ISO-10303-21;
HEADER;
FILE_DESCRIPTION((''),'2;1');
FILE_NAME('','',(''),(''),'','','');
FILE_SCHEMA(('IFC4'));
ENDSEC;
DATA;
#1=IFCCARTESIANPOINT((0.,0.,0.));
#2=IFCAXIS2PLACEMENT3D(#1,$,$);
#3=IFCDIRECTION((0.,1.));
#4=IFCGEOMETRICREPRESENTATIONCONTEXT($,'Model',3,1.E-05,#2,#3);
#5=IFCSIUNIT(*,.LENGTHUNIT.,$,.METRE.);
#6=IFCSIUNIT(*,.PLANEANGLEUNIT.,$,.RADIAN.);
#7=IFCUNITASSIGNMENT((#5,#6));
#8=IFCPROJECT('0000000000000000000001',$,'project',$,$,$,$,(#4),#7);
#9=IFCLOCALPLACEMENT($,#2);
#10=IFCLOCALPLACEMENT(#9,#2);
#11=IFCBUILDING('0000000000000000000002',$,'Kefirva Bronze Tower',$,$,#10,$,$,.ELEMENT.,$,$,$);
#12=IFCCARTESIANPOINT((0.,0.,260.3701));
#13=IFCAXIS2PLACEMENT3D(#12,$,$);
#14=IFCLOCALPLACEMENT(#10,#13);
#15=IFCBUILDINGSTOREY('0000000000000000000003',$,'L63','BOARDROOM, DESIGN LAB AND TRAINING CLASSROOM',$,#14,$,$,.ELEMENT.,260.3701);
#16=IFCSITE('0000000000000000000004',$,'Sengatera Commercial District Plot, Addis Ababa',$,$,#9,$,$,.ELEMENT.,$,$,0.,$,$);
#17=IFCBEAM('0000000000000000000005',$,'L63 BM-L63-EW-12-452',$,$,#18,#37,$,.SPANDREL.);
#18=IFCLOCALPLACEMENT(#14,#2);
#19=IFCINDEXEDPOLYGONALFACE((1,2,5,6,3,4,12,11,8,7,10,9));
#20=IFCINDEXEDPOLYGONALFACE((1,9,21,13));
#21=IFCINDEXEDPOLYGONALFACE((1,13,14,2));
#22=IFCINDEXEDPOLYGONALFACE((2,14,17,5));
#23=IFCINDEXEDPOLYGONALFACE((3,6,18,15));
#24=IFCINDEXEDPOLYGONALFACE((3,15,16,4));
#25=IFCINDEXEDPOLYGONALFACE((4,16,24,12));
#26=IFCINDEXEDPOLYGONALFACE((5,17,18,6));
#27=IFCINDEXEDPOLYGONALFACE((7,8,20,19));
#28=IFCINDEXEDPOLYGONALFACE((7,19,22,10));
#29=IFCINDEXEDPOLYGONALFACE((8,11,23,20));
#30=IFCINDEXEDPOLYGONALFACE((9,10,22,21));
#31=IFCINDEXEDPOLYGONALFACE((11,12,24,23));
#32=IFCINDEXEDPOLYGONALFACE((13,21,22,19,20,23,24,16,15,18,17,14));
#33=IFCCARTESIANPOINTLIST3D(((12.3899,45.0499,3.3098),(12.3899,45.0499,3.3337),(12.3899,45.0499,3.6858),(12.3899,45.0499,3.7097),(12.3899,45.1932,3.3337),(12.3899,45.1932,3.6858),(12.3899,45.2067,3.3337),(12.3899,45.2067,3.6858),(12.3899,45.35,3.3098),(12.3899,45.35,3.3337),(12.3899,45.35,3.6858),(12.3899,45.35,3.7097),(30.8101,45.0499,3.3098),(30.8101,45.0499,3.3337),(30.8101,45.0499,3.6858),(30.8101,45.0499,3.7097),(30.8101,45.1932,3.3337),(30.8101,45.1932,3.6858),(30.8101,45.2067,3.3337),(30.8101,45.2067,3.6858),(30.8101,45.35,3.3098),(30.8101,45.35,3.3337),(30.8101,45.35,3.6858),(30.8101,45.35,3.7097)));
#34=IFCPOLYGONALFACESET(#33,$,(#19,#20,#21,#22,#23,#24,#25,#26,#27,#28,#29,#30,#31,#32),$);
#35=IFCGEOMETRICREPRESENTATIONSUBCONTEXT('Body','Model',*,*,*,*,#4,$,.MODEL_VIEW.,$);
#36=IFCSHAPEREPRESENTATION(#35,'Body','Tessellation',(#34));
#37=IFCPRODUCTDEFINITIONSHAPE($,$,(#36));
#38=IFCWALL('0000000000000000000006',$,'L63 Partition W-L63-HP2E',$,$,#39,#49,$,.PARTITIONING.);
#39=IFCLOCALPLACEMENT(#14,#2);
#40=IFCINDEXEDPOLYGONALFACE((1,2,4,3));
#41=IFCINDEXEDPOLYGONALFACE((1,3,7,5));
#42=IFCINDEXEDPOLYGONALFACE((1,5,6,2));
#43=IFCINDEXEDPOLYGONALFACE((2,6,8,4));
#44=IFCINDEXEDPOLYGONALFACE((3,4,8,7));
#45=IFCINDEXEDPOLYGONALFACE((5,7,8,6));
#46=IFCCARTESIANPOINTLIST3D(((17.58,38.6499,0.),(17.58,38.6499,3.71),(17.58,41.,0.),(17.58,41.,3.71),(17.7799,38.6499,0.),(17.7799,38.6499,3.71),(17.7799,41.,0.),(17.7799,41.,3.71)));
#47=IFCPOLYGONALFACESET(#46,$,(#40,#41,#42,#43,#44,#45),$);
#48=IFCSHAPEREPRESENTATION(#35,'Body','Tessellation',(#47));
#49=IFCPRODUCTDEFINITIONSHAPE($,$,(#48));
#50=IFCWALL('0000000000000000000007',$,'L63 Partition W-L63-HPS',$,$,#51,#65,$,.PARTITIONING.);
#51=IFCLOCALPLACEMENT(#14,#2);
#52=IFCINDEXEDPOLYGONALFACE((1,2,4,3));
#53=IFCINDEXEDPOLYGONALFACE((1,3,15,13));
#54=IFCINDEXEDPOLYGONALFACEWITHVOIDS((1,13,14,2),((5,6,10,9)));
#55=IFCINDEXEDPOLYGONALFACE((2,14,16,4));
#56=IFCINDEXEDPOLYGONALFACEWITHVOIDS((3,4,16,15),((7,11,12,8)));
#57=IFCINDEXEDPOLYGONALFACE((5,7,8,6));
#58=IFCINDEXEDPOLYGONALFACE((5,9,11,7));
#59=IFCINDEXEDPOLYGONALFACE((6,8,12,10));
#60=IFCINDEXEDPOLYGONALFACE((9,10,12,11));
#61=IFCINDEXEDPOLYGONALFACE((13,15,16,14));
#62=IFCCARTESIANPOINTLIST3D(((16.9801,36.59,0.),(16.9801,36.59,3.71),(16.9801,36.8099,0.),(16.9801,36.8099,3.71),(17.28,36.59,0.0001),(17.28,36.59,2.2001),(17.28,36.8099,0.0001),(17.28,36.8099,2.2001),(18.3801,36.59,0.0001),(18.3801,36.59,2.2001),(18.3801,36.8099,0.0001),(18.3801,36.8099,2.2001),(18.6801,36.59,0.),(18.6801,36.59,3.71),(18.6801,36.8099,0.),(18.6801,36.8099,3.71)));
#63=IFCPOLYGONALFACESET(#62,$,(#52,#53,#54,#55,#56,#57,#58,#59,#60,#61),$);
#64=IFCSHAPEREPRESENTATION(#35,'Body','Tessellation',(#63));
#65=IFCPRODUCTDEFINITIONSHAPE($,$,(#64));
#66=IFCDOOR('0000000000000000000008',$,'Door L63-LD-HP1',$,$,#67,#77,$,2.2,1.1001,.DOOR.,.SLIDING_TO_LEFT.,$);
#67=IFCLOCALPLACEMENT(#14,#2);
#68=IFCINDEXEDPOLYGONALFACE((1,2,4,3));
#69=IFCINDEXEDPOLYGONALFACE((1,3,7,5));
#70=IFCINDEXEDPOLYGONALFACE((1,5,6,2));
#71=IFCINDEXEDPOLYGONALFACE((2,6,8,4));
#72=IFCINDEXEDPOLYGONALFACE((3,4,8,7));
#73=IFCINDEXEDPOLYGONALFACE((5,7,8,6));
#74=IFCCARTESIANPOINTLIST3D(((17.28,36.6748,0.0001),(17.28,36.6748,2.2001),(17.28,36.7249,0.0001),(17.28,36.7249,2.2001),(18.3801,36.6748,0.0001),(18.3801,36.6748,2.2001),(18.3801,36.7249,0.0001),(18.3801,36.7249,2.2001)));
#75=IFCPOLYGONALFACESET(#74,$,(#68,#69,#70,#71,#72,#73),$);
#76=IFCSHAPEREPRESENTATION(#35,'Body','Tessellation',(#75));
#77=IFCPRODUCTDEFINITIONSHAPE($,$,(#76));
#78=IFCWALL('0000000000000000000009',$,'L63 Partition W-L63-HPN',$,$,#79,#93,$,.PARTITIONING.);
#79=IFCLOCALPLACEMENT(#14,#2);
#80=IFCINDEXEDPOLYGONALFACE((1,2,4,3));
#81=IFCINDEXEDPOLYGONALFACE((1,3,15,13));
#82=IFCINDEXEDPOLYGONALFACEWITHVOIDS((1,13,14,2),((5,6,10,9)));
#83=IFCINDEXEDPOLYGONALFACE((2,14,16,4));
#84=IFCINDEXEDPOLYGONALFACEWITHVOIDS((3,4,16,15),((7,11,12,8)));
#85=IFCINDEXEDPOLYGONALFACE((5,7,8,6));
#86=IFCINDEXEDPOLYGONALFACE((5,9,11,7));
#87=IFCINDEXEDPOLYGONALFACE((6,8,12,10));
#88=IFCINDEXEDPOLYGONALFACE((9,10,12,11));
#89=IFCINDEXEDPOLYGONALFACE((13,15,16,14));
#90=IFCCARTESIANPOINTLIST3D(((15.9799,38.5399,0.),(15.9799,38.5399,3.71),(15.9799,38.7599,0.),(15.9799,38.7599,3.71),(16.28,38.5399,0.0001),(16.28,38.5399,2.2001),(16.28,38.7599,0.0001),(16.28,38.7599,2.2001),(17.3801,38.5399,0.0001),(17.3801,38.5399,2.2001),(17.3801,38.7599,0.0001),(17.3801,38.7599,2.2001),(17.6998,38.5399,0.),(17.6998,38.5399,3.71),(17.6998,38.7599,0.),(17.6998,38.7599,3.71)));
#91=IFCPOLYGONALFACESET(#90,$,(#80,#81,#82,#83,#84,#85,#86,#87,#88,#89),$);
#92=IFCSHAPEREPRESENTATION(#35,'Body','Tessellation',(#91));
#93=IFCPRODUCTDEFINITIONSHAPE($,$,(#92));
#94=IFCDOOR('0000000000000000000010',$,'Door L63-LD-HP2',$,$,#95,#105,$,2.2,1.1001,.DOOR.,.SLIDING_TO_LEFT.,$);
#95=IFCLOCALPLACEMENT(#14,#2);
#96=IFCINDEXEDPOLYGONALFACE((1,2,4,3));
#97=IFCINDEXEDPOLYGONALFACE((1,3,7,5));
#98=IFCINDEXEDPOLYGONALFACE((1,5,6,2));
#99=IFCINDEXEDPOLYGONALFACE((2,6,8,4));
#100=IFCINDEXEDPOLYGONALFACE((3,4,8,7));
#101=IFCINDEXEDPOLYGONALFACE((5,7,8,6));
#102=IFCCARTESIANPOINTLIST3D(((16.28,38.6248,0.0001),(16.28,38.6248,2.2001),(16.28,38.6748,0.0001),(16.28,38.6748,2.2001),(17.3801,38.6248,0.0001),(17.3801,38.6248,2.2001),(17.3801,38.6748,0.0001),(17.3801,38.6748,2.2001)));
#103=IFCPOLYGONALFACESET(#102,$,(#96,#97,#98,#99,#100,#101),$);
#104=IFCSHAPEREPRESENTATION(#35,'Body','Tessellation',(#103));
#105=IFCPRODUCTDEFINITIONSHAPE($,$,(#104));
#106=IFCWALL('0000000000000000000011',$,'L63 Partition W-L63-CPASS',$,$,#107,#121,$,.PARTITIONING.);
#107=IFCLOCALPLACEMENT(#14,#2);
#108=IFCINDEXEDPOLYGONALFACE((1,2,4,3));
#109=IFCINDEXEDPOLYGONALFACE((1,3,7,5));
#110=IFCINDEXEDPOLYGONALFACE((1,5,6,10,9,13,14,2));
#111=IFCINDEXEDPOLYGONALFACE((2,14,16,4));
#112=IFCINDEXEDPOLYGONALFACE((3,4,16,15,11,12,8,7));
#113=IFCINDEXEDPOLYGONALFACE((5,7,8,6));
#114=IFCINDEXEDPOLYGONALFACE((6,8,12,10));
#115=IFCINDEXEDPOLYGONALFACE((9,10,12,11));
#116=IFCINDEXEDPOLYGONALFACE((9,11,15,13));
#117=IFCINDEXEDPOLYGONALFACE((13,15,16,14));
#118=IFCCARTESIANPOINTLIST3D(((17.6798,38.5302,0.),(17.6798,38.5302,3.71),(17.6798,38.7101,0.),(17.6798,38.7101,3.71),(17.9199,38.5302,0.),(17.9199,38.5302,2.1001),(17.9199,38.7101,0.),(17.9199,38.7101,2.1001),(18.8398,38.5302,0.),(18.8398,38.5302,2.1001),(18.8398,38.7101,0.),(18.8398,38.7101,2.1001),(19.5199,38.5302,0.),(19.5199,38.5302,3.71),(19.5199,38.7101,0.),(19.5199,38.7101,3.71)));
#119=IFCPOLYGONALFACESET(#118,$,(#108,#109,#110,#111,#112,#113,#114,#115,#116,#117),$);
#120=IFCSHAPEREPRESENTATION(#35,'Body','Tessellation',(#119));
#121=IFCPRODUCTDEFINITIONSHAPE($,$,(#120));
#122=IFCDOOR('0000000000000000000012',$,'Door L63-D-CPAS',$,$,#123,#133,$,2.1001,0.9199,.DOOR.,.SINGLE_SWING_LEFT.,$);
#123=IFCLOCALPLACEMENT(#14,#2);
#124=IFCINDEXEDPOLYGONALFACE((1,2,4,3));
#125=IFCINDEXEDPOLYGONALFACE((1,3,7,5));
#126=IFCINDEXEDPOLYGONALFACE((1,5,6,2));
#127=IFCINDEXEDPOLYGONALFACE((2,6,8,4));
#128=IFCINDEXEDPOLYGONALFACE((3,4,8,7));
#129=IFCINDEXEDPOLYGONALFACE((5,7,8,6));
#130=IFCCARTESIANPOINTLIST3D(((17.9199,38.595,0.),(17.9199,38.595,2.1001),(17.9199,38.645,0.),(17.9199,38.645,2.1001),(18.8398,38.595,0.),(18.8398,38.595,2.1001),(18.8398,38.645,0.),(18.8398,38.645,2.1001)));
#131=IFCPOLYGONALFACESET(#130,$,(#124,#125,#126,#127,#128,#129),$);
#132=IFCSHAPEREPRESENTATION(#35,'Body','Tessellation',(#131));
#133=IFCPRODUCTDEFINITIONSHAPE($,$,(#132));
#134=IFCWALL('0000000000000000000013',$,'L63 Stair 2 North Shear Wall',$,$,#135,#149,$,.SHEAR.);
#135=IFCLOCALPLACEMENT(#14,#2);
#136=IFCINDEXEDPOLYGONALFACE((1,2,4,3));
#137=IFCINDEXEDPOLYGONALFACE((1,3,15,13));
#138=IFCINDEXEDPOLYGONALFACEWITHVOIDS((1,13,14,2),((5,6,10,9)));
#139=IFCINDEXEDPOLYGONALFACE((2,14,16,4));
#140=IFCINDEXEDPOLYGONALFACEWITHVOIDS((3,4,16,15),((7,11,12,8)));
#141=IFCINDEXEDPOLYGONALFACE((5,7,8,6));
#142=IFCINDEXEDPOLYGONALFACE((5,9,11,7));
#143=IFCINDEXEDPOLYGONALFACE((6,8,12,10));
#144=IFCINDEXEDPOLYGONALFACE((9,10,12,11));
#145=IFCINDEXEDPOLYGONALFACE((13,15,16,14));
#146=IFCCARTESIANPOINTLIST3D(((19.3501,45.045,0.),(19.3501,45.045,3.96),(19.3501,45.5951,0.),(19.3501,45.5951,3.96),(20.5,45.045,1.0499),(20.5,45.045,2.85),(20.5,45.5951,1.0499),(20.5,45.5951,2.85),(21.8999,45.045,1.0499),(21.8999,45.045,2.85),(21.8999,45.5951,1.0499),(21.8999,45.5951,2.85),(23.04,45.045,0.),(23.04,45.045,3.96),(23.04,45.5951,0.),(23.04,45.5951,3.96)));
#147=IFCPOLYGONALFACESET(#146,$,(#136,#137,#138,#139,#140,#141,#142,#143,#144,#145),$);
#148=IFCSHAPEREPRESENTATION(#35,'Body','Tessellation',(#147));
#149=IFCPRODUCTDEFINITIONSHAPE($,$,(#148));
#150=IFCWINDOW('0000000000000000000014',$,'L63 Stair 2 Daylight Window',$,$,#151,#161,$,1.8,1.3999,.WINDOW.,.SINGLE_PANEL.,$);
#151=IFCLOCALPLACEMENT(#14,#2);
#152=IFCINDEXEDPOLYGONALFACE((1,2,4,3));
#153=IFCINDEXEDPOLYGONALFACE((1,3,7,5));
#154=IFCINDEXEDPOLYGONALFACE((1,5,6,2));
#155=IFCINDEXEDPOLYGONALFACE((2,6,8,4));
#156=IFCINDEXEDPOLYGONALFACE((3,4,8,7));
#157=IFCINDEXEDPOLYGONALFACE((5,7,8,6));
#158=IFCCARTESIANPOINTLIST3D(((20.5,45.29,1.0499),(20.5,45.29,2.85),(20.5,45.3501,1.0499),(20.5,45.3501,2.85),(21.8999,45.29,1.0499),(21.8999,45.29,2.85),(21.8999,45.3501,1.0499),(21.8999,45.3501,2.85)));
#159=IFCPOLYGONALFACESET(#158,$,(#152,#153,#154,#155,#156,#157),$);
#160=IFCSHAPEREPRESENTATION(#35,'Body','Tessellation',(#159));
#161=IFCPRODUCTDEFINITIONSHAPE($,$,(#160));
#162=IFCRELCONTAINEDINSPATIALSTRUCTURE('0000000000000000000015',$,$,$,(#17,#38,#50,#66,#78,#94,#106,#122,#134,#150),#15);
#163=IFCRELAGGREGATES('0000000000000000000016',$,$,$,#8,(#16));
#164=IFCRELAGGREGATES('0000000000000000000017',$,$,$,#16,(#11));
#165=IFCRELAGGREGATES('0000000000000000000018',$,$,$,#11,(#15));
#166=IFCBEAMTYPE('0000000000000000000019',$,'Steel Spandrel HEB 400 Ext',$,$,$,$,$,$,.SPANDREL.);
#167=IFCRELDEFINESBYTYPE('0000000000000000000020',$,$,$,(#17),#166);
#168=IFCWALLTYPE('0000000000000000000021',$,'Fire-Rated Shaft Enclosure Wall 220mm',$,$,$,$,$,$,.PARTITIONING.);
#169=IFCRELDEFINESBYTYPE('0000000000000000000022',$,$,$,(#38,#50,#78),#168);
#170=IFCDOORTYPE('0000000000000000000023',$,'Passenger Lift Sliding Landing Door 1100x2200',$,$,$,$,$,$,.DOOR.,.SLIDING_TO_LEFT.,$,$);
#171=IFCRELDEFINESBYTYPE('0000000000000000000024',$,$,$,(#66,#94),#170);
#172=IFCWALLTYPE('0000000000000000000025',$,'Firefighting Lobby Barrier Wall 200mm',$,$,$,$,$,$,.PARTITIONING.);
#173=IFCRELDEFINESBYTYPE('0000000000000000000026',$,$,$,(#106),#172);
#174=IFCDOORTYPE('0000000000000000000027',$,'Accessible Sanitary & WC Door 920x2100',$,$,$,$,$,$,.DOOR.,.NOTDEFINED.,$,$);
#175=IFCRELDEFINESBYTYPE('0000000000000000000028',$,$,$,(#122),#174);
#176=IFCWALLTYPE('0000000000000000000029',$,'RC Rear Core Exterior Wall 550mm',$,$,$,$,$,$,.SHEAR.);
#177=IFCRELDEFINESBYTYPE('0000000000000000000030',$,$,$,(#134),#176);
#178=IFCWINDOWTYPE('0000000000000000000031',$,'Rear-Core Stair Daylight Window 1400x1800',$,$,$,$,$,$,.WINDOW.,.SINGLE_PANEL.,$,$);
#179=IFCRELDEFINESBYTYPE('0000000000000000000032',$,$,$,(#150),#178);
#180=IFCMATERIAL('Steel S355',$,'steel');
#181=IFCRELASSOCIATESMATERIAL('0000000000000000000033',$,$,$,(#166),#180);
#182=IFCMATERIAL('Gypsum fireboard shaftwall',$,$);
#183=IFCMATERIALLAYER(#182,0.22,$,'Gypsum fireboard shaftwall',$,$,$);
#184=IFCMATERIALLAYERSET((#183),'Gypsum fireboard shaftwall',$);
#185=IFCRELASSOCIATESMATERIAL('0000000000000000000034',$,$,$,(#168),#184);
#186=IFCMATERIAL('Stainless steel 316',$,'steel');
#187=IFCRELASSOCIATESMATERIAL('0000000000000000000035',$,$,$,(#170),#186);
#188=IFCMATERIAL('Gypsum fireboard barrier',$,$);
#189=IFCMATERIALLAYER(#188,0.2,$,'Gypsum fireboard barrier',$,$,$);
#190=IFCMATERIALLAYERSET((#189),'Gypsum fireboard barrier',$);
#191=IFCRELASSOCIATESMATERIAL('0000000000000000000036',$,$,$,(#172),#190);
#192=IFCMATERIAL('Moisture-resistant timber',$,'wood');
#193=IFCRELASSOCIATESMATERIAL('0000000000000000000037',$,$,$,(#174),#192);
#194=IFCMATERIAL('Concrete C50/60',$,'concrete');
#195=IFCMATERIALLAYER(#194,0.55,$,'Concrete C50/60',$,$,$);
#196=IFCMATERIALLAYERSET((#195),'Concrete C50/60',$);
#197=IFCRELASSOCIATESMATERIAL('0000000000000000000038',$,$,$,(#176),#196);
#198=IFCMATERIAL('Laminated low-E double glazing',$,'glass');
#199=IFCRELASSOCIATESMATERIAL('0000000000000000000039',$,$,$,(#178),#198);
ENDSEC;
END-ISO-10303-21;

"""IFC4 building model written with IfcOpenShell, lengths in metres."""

from ifc_helpers import new_model, si_unit, direction, frame, frame_2d, origin, origin_2d, place, context, subcontext, project, spatial, rectangle, i_section, extrude, material, layer, layer_set, material_profile, profile_set, type_object, element, fill, save


model = new_model("IFC4")

# Units and contexts
model_context = context("Model", 3, precision=1e-05, world=origin(), true_north=direction((0.0, 1.0)))
body_context = subcontext(model_context, "Body", "Model", "MODEL_VIEW")
ifc_project = project(units=[si_unit("LENGTHUNIT", "METRE"), si_unit("PLANEANGLEUNIT", "RADIAN")], contexts=[model_context])

# Site, building, storey
site_placement = place(None, origin())
site = spatial("IfcSite", under=ifc_project, at=site_placement, Name="Sengatera Commercial District Plot, Addis Ababa", CompositionType="ELEMENT", RefElevation=0.0)
building_placement = place(site_placement, origin())
building = spatial("IfcBuilding", under=site, at=building_placement, Name="Kefirva Bronze Tower", CompositionType="ELEMENT")
storey_placement = place(building_placement, frame((0.0, 0.0, 260.3701)))
storey = spatial("IfcBuildingStorey", under=building, at=storey_placement, Name="L63", Description="BOARDROOM, DESIGN LAB AND TRAINING CLASSROOM", CompositionType="ELEMENT", Elevation=260.3701)

# Beam
ifc_material_1 = material(Name="Steel S355", Category="steel")
ifc_material_profile = material_profile(ifc_material_1, i_section(OverallWidth=0.3, OverallDepth=0.3999, WebThickness=0.0134, FlangeThickness=0.0239, at=origin_2d()), Name="HEB 400")
ifc_profile_set = profile_set([ifc_material_profile], Name="Steel S355")
beam_type = type_object("IfcBeamType", Name="Steel Spandrel HEB 400 Ext", PredefinedType="SPANDREL", material=ifc_profile_set)
beam_placement = place(storey_placement, frame((12.3899, 45.2, 3.5098), z_axis=(1.0, 0.0, 0.0), x_axis=(0.0, 1.0, 0.0)))
element("IfcBeam", 1, at=beam_placement, inside=storey, type_object=beam_type, Name="L63 BM-L63-EW-12-452", PredefinedType="SPANDREL", context=body_context, shape_type="SweptSolid", body=[
    extrude(i_section(OverallWidth=0.3, OverallDepth=0.3999, WebThickness=0.0134, FlangeThickness=0.0239, at=origin_2d()), origin(), (0.0, 0.0, 1.0), 18.4202),
])

# Wall
ifc_material_2 = material(Name="Gypsum fireboard shaftwall")
ifc_layer_1 = layer(ifc_material_2, 0.22, Name="Gypsum fireboard shaftwall")
ifc_layer_set_1 = layer_set([ifc_layer_1], Name="Gypsum fireboard shaftwall")
wall_type_1 = type_object("IfcWallType", Name="Fire-Rated Shaft Enclosure Wall 220mm", PredefinedType="PARTITIONING", material=ifc_layer_set_1)
wall_1_placement = place(storey_placement, frame((17.6799, 38.6499, 0.0), z_axis=(0.0, 0.0, 1.0), x_axis=(0.0, 1.0, 0.0)))
element("IfcWall", 2, at=wall_1_placement, inside=storey, type_object=wall_type_1, Name="L63 Partition W-L63-HP2E", PredefinedType="PARTITIONING", context=body_context, shape_type="SweptSolid", body=[
    extrude(rectangle(XDim=2.3501, YDim=0.2, at=frame_2d((1.175, 0.0))), origin(), (0.0, 0.0, 1.0), 3.71),
])

# Walls, openings, doors
wall_2_placement = place(storey_placement, frame((16.98, 36.7, 0.0), z_axis=(0.0, 0.0, 1.0), x_axis=(1.0, 0.0, 0.0)))
wall_2 = element("IfcWall", 3, at=wall_2_placement, inside=storey, type_object=wall_type_1, Name="L63 Partition W-L63-HPS", PredefinedType="PARTITIONING", context=body_context, shape_type="SweptSolid", body=[
    extrude(rectangle(XDim=1.7, YDim=0.22, at=frame_2d((0.8501, 0.0))), origin(), (0.0, 0.0, 1.0), 3.71),
])
opening_1_placement = place(wall_2_placement, frame((0.3, 0.0, 0.0)))
opening_1 = element("IfcOpeningElement", 4, at=opening_1_placement, cuts=wall_2, PredefinedType="OPENING", context=body_context, shape_type="SweptSolid", body=[
    extrude(rectangle(XDim=1.1001, YDim=2.2, at=frame_2d((0.55, 1.1001))), frame((0.0, 0.1201, 0.0), z_axis=(0.0, -1.0, 0.0), x_axis=(1.0, 0.0, 0.0)), (0.0, 0.0, 1.0), 0.24),
])
ifc_material_3 = material(Name="Stainless steel 316", Category="steel")
door_type_1 = type_object("IfcDoorType", Name="Passenger Lift Sliding Landing Door 1100x2200", OperationType="SLIDING_TO_LEFT", PredefinedType="DOOR", material=ifc_material_3)
door_1_placement = place(opening_1_placement, origin())
door_1 = element("IfcDoor", 5, at=door_1_placement, inside=storey, type_object=door_type_1, Name="Door L63-LD-HP1", OperationType="SLIDING_TO_LEFT", OverallHeight=2.2, OverallWidth=1.1001, PredefinedType="DOOR", context=body_context, shape_type="SweptSolid", body=[
    extrude(rectangle(XDim=1.1001, YDim=2.2, at=frame_2d((0.55, 1.1001))), frame((0.0, 0.0249, 0.0), z_axis=(0.0, -1.0, 0.0), x_axis=(1.0, 0.0, 0.0)), (0.0, 0.0, 1.0), 0.05),
])
fill(opening_1, door_1)
wall_3_placement = place(storey_placement, frame((15.98, 38.6499, 0.0), z_axis=(0.0, 0.0, 1.0), x_axis=(1.0, 0.0, 0.0)))
wall_3 = element("IfcWall", 6, at=wall_3_placement, inside=storey, type_object=wall_type_1, Name="L63 Partition W-L63-HPN", PredefinedType="PARTITIONING", context=body_context, shape_type="SweptSolid", body=[
    extrude(rectangle(XDim=1.72, YDim=0.22, at=frame_2d((0.8599, 0.0))), origin(), (0.0, 0.0, 1.0), 3.71),
])
opening_2_placement = place(wall_3_placement, frame((0.3, 0.0, 0.0)))
opening_2 = element("IfcOpeningElement", 7, at=opening_2_placement, cuts=wall_3, PredefinedType="OPENING", context=body_context, shape_type="SweptSolid", body=[
    extrude(rectangle(XDim=1.1001, YDim=2.2, at=frame_2d((0.55, 1.1001))), frame((0.0, 0.1201, 0.0), z_axis=(0.0, -1.0, 0.0), x_axis=(1.0, 0.0, 0.0)), (0.0, 0.0, 1.0), 0.24),
])
door_2_placement = place(opening_2_placement, origin())
door_2 = element("IfcDoor", 8, at=door_2_placement, inside=storey, type_object=door_type_1, Name="Door L63-LD-HP2", OperationType="SLIDING_TO_LEFT", OverallHeight=2.2, OverallWidth=1.1001, PredefinedType="DOOR", context=body_context, shape_type="SweptSolid", body=[
    extrude(rectangle(XDim=1.1001, YDim=2.2, at=frame_2d((0.55, 1.1001))), frame((0.0, 0.0249, 0.0), z_axis=(0.0, -1.0, 0.0), x_axis=(1.0, 0.0, 0.0)), (0.0, 0.0, 1.0), 0.05),
])
fill(opening_2, door_2)
ifc_material_4 = material(Name="Gypsum fireboard barrier")
ifc_layer_2 = layer(ifc_material_4, 0.2, Name="Gypsum fireboard barrier")
ifc_layer_set_2 = layer_set([ifc_layer_2], Name="Gypsum fireboard barrier")
wall_type_2 = type_object("IfcWallType", Name="Firefighting Lobby Barrier Wall 200mm", PredefinedType="PARTITIONING", material=ifc_layer_set_2)
wall_4_placement = place(storey_placement, frame((17.6799, 38.6201, 0.0), z_axis=(0.0, 0.0, 1.0), x_axis=(1.0, 0.0, 0.0)))
wall_4 = element("IfcWall", 9, at=wall_4_placement, inside=storey, type_object=wall_type_2, Name="L63 Partition W-L63-CPASS", PredefinedType="PARTITIONING", context=body_context, shape_type="SweptSolid", body=[
    extrude(rectangle(XDim=1.8401, YDim=0.1799, at=frame_2d((0.9199, 0.0))), origin(), (0.0, 0.0, 1.0), 3.71),
])
opening_3_placement = place(wall_4_placement, frame((0.24, 0.0, 0.0)))
opening_3 = element("IfcOpeningElement", 10, at=opening_3_placement, cuts=wall_4, PredefinedType="OPENING", context=body_context, shape_type="SweptSolid", body=[
    extrude(rectangle(XDim=0.9199, YDim=2.1001, at=frame_2d((0.46, 1.05))), frame((0.0, 0.1001, 0.0), z_axis=(0.0, -1.0, 0.0), x_axis=(1.0, 0.0, 0.0)), (0.0, 0.0, 1.0), 0.2),
])
ifc_material_5 = material(Name="Moisture-resistant timber", Category="wood")
door_type_2 = type_object("IfcDoorType", Name="Accessible Sanitary & WC Door 920x2100", OperationType="NOTDEFINED", PredefinedType="DOOR", material=ifc_material_5)
door_3_placement = place(opening_3_placement, origin())
door_3 = element("IfcDoor", 11, at=door_3_placement, inside=storey, type_object=door_type_2, Name="Door L63-D-CPAS", OperationType="SINGLE_SWING_LEFT", OverallHeight=2.1001, OverallWidth=0.9199, PredefinedType="DOOR", context=body_context, shape_type="SweptSolid", body=[
    extrude(rectangle(XDim=0.9199, YDim=2.1001, at=frame_2d((0.46, 1.05))), frame((0.0, 0.0249, 0.0), z_axis=(0.0, -1.0, 0.0), x_axis=(1.0, 0.0, 0.0)), (0.0, 0.0, 1.0), 0.05),
])
fill(opening_3, door_3)

# Wall, opening, window
ifc_material_6 = material(Name="Concrete C50/60", Category="concrete")
ifc_layer_3 = layer(ifc_material_6, 0.55, Name="Concrete C50/60")
ifc_layer_set_3 = layer_set([ifc_layer_3], Name="Concrete C50/60")
wall_type_3 = type_object("IfcWallType", Name="RC Rear Core Exterior Wall 550mm", PredefinedType="SHEAR", material=ifc_layer_set_3)
wall_5_placement = place(storey_placement, frame((19.3501, 45.3201, 0.0), z_axis=(0.0, 0.0, 1.0), x_axis=(1.0, 0.0, 0.0)))
wall_5 = element("IfcWall", 12, at=wall_5_placement, inside=storey, type_object=wall_type_3, Name="L63 Stair 2 North Shear Wall", PredefinedType="SHEAR", context=body_context, shape_type="SweptSolid", body=[
    extrude(rectangle(XDim=3.6899, YDim=0.55, at=frame_2d((1.845, 0.0))), origin(), (0.0, 0.0, 1.0), 3.96),
])
opening_4_placement = place(wall_5_placement, frame((1.1499, 0.0, 1.05)))
opening_4 = element("IfcOpeningElement", 13, at=opening_4_placement, cuts=wall_5, PredefinedType="OPENING", context=body_context, shape_type="SweptSolid", body=[
    extrude(rectangle(XDim=1.3999, YDim=1.8, at=frame_2d((0.7, 0.8999))), frame((0.0, 0.2852, 0.0), z_axis=(0.0, -1.0, 0.0), x_axis=(1.0, 0.0, 0.0)), (0.0, 0.0, 1.0), 0.5701),
])
ifc_material_7 = material(Name="Laminated low-E double glazing", Category="glass")
window_type = type_object("IfcWindowType", Name="Rear-Core Stair Daylight Window 1400x1800", PartitioningType="SINGLE_PANEL", PredefinedType="WINDOW", material=ifc_material_7)
window_placement = place(opening_4_placement, origin())
window = element("IfcWindow", 14, at=window_placement, inside=storey, type_object=window_type, Name="L63 Stair 2 Daylight Window", OverallHeight=1.8, OverallWidth=1.3999, PartitioningType="SINGLE_PANEL", PredefinedType="WINDOW", context=body_context, shape_type="SweptSolid", body=[
    extrude(rectangle(XDim=1.3999, YDim=1.8, at=frame_2d((0.7, 0.8999))), frame((0.0, 0.03, 0.0), z_axis=(0.0, -1.0, 0.0), x_axis=(1.0, 0.0, 0.0)), (0.0, 0.0, 1.0), 0.0601),
])
fill(opening_4, window)

save(model, "model.ifc")
